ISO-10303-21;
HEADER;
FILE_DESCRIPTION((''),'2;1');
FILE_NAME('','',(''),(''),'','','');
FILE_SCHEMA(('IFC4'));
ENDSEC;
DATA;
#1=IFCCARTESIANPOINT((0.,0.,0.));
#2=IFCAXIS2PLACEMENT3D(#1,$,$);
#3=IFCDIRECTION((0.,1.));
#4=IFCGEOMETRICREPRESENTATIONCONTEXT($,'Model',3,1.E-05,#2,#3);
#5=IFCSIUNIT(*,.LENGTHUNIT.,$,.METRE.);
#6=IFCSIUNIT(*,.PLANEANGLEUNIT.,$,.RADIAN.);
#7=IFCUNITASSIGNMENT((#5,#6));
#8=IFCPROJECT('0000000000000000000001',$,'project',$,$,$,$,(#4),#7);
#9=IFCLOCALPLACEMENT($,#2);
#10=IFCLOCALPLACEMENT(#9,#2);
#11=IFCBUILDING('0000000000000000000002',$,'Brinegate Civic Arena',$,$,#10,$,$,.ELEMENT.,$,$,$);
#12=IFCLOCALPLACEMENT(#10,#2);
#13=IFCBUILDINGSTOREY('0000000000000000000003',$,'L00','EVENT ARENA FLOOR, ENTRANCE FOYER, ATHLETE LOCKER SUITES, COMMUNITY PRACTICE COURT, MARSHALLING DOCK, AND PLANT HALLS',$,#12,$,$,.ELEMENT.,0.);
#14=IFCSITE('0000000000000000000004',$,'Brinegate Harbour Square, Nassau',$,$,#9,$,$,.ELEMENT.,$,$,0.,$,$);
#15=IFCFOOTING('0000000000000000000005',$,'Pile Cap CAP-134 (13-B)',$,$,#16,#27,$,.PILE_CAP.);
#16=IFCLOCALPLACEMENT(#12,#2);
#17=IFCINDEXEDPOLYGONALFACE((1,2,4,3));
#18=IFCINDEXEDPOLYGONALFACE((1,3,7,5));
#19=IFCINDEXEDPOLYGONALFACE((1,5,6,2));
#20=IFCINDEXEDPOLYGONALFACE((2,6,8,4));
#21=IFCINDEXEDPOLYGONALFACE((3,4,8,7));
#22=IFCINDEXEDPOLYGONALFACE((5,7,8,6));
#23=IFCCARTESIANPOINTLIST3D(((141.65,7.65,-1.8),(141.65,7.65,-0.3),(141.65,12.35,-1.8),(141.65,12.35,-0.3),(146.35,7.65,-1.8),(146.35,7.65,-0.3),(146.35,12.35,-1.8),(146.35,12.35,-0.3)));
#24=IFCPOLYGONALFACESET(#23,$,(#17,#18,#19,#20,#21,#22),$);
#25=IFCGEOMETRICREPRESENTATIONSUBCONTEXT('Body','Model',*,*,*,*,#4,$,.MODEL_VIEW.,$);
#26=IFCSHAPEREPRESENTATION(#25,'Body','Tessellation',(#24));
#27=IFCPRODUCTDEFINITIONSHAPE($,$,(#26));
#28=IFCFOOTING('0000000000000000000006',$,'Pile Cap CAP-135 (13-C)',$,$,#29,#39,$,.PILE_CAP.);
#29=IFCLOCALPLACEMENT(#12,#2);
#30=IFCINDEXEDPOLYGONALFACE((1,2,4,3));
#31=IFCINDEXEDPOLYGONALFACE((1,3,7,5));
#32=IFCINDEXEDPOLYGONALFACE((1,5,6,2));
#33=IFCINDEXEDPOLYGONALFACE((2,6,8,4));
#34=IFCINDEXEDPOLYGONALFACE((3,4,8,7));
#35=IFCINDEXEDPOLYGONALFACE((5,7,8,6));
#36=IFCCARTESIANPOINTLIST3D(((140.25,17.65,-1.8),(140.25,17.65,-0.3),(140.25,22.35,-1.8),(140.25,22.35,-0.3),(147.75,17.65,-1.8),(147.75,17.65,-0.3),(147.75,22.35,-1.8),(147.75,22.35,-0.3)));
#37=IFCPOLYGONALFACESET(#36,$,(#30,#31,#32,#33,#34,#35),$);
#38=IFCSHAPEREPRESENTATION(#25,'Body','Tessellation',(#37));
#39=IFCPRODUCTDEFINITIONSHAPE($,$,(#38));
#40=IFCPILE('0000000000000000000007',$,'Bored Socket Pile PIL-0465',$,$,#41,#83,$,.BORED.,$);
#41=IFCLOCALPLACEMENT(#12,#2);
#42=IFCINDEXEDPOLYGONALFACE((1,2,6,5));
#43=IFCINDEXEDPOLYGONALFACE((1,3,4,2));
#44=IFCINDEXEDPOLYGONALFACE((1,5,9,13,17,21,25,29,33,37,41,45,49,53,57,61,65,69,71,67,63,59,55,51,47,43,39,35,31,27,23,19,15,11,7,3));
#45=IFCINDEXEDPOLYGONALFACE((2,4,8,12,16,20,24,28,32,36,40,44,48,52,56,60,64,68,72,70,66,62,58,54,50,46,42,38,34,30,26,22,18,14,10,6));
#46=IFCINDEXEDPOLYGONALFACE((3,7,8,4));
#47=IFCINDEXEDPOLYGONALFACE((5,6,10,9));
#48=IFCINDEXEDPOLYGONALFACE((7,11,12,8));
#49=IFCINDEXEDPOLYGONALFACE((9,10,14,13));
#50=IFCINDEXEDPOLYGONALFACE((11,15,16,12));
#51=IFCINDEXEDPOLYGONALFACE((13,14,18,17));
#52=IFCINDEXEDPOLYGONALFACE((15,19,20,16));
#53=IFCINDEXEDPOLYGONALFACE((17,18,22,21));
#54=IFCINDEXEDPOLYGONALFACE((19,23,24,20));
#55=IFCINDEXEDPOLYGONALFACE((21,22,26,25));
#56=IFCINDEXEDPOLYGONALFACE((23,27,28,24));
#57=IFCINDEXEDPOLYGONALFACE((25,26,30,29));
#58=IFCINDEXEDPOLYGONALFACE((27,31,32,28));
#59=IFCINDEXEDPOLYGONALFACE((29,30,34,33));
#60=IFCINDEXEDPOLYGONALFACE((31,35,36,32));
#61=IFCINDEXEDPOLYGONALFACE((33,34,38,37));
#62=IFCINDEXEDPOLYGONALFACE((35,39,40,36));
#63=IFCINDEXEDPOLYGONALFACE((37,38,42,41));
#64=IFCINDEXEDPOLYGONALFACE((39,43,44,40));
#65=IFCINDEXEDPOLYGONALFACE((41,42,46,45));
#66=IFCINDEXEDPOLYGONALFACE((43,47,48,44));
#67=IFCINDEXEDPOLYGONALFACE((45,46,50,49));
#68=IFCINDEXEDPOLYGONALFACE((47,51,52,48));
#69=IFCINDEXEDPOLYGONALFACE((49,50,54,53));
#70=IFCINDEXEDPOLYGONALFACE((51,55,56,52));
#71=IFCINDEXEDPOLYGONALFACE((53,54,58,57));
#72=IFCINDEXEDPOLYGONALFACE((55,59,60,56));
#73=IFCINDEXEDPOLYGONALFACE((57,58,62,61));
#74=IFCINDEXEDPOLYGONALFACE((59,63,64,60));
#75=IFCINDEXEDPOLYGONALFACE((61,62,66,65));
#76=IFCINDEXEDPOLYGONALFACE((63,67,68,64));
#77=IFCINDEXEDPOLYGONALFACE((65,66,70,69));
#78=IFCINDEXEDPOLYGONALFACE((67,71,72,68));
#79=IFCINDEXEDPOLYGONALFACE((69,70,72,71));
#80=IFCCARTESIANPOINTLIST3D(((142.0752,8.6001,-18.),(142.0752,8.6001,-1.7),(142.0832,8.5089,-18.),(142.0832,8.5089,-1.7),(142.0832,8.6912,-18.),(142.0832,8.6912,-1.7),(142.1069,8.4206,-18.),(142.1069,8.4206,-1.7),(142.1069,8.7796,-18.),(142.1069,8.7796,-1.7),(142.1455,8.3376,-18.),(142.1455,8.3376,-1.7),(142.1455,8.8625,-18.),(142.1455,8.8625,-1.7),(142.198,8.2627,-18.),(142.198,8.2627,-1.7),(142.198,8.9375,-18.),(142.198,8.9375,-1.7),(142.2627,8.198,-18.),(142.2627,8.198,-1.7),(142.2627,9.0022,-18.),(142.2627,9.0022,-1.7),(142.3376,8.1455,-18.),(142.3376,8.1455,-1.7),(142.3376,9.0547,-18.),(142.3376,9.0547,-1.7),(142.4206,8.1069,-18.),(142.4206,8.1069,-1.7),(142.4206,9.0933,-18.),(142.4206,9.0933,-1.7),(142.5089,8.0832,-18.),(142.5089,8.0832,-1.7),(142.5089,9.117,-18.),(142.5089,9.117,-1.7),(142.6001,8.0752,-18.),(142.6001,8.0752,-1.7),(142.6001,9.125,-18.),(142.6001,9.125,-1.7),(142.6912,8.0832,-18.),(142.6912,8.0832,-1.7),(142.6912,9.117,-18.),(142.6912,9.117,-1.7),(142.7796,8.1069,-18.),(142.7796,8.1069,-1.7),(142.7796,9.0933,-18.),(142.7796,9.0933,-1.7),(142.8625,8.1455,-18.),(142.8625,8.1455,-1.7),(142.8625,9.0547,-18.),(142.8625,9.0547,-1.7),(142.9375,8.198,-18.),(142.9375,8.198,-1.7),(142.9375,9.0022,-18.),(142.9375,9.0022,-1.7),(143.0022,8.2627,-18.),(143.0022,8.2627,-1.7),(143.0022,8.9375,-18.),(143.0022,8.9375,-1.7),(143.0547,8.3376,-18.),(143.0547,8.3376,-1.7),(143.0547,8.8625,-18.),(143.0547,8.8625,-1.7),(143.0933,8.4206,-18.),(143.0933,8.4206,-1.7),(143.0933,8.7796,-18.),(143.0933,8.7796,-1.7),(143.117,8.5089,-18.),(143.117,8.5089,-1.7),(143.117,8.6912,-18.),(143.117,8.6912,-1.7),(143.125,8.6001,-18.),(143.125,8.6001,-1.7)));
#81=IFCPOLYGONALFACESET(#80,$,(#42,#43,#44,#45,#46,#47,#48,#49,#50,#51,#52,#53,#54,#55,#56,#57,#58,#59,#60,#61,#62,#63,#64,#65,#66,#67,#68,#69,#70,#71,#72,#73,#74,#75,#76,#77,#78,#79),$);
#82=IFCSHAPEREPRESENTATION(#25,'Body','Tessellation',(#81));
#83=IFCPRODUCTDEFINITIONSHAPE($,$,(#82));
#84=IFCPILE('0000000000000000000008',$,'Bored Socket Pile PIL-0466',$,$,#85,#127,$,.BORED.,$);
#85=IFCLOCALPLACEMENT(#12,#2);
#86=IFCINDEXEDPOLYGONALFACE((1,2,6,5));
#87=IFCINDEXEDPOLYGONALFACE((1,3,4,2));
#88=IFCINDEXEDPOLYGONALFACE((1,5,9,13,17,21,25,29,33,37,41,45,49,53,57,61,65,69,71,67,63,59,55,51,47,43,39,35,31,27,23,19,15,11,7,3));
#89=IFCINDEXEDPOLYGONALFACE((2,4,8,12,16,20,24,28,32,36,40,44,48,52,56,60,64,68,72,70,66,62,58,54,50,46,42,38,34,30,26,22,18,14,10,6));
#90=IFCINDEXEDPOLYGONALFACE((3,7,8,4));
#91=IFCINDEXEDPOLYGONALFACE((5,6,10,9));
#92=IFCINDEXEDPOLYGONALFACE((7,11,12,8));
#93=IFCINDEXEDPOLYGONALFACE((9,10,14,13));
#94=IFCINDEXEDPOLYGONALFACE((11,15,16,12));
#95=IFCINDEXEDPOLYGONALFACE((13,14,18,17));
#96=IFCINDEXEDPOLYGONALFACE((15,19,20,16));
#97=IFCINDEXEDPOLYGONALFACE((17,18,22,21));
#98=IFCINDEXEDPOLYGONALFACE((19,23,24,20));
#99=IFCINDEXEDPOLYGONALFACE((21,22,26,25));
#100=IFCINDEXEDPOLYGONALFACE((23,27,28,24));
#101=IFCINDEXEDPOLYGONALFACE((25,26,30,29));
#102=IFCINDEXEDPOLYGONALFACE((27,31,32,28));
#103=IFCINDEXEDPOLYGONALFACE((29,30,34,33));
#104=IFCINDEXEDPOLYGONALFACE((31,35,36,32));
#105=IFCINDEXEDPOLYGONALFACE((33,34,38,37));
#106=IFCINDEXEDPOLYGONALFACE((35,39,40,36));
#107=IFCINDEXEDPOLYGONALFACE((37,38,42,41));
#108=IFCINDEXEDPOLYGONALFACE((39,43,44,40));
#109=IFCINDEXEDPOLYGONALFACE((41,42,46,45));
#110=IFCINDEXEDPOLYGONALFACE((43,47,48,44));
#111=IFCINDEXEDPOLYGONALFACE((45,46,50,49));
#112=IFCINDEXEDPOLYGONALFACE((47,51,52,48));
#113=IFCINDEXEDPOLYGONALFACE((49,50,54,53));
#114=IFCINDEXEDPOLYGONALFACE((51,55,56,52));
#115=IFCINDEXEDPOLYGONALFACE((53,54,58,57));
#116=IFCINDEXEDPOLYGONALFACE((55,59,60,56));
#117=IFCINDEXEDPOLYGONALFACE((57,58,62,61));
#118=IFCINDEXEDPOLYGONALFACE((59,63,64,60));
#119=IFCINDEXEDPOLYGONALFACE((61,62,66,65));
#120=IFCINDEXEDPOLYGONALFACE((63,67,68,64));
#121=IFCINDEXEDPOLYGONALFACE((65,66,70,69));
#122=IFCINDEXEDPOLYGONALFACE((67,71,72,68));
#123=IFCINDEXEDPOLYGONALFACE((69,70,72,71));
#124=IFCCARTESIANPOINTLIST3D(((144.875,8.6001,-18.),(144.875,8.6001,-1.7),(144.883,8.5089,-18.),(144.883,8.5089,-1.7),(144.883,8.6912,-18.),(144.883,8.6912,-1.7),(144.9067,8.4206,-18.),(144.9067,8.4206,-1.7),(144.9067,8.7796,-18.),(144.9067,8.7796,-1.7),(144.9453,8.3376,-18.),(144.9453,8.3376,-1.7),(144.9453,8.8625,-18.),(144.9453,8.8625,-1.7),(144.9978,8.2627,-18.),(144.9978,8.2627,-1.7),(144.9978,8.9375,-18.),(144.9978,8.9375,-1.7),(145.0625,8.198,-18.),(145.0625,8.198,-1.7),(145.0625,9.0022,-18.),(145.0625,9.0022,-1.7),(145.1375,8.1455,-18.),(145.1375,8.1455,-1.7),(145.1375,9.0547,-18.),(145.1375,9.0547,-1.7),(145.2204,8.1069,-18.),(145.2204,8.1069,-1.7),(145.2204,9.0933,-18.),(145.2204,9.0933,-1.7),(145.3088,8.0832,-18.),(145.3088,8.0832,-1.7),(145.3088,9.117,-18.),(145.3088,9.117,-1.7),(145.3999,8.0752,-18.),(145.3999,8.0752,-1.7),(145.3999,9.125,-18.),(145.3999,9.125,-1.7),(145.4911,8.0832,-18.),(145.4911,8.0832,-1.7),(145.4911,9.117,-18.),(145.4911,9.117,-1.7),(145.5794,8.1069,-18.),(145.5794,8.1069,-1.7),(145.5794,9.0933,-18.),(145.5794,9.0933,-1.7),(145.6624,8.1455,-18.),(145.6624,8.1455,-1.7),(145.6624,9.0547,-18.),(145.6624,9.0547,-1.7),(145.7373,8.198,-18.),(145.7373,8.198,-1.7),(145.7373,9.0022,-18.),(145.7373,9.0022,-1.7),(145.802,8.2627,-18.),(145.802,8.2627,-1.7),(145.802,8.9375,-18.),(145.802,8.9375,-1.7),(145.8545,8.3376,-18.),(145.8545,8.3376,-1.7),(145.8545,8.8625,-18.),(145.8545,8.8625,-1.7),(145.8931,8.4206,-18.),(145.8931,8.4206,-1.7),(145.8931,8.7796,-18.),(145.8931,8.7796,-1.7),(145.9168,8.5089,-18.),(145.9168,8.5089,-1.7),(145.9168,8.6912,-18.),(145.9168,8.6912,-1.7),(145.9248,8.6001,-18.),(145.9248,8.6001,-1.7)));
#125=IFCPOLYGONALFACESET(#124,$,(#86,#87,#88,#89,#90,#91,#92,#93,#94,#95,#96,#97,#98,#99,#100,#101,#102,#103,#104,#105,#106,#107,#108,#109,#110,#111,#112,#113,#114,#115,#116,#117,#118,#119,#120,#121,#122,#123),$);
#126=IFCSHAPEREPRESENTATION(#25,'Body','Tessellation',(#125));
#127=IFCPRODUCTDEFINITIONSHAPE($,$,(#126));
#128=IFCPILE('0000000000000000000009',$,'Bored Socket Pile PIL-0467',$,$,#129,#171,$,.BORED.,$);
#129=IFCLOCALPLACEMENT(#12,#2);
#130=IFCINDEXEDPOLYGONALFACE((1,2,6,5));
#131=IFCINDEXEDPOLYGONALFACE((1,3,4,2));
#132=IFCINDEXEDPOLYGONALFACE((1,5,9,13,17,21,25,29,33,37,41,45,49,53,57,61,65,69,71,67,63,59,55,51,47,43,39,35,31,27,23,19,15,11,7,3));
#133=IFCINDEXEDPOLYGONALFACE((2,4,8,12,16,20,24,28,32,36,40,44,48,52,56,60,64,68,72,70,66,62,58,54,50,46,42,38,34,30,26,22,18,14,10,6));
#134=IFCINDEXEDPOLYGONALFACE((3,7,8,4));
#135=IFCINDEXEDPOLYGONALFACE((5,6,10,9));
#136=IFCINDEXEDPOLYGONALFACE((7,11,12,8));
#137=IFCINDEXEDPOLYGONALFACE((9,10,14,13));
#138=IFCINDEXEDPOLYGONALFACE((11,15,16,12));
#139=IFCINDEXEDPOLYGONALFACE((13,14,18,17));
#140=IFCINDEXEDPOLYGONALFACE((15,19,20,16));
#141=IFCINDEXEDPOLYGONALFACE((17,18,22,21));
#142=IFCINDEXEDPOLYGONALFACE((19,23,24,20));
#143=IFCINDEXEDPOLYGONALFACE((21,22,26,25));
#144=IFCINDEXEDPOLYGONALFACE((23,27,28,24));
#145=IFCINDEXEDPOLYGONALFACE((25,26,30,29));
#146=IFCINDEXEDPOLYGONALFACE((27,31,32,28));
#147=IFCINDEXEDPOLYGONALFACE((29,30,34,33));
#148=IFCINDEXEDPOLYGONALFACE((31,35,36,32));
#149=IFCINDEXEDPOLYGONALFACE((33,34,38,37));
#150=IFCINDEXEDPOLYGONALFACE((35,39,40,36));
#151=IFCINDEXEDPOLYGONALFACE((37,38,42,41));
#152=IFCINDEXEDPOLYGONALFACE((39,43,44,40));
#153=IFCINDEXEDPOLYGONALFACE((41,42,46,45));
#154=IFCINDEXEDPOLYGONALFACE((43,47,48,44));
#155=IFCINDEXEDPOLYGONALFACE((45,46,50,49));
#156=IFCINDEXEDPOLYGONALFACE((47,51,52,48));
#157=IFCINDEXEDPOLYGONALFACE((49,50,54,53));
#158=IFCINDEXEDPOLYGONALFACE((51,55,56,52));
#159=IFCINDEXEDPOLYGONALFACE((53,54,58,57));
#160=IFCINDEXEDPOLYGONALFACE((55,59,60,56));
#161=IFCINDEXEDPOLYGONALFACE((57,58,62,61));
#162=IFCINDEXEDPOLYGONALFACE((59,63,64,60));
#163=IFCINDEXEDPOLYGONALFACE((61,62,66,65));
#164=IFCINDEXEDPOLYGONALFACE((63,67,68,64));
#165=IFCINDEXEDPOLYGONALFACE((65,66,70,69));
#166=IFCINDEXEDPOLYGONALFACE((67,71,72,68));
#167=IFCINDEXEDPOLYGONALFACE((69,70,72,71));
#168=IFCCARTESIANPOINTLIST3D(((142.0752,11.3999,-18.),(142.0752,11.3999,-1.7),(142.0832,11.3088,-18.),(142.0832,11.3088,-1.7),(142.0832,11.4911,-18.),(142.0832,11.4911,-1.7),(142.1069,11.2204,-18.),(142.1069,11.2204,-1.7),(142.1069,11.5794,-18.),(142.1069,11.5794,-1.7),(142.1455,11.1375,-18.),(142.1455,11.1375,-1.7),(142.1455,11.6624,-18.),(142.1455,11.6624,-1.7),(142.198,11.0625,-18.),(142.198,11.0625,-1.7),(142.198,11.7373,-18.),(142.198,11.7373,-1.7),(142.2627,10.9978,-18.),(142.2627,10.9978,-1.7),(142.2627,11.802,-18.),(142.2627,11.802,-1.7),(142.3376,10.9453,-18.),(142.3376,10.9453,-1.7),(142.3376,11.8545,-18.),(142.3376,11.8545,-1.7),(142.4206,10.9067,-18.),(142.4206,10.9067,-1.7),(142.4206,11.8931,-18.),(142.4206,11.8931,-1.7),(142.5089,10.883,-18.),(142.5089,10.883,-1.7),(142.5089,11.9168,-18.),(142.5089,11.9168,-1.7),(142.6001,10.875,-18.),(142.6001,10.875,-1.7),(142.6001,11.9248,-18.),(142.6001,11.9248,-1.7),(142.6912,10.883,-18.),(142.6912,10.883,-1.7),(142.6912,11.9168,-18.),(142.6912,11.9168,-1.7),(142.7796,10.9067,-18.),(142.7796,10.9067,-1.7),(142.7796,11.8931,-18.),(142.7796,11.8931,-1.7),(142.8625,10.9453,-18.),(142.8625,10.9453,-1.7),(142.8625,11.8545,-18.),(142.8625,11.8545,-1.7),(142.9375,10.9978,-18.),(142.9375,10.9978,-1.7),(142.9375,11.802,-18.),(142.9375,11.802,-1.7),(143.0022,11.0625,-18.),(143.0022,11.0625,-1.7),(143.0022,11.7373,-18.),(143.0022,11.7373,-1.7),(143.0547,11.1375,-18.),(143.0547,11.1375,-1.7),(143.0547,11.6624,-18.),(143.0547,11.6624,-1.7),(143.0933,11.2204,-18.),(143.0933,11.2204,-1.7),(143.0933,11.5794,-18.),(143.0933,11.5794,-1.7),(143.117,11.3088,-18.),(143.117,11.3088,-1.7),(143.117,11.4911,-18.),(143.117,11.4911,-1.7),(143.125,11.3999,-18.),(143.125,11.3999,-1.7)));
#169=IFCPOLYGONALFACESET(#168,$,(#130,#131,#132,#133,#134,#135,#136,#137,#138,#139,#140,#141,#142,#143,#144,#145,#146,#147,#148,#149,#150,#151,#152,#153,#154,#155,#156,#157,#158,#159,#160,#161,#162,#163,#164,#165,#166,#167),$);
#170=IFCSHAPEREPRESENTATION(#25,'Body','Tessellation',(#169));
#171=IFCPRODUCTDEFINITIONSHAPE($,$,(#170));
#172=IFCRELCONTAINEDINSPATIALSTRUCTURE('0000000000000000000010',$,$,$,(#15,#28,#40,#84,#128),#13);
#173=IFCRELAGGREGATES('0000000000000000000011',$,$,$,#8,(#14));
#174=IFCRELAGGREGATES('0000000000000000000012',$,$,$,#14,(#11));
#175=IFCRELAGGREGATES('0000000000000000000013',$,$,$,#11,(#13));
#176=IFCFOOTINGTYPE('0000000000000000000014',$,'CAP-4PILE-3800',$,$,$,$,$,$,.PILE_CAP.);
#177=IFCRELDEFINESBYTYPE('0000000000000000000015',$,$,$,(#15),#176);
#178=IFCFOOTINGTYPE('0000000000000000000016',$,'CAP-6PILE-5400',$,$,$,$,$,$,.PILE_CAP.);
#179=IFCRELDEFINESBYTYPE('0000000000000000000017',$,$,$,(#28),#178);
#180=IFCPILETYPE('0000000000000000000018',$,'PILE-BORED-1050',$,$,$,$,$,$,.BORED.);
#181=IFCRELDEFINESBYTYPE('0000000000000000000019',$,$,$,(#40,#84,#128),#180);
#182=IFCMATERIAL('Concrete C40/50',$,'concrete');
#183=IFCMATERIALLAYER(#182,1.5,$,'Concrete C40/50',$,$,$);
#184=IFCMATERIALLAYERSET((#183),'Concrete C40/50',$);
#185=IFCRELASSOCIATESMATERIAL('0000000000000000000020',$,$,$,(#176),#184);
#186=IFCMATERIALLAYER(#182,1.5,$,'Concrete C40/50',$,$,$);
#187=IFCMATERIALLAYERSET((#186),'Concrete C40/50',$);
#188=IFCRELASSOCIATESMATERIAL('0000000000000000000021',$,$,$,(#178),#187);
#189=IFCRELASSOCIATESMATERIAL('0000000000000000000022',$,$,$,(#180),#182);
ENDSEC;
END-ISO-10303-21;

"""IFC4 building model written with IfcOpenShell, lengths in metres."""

from ifc_helpers import new_model, si_unit, direction, frame, origin, origin_2d, place, context, subcontext, project, spatial, rectangle, circle, extrude, material, layer, layer_set, material_profile, profile_set, type_object, element, save


model = new_model("IFC4")

# Units and contexts
model_context = context("Model", 3, precision=1e-05, world=origin(), true_north=direction((0.0, 1.0)))
body_context = subcontext(model_context, "Body", "Model", "MODEL_VIEW")
ifc_project = project(units=[si_unit("LENGTHUNIT", "METRE"), si_unit("PLANEANGLEUNIT", "RADIAN")], contexts=[model_context])

# Site, building, storey
site_placement = place(None, origin())
site = spatial("IfcSite", under=ifc_project, at=site_placement, Name="Brinegate Harbour Square, Nassau", CompositionType="ELEMENT", RefElevation=0.0)
building_placement = place(site_placement, origin())
building = spatial("IfcBuilding", under=site, at=building_placement, Name="Brinegate Civic Arena", CompositionType="ELEMENT")
storey_placement = place(building_placement, origin())
storey = spatial("IfcBuildingStorey", under=building, at=storey_placement, Name="L00", Description="EVENT ARENA FLOOR, ENTRANCE FOYER, ATHLETE LOCKER SUITES, COMMUNITY PRACTICE COURT, MARSHALLING DOCK, AND PLANT HALLS", CompositionType="ELEMENT", Elevation=0.0)

# Footings
ifc_material_1 = material(Name="Concrete C40/50", Category="concrete")
ifc_layer_1 = layer(ifc_material_1, 1.5, Name="Concrete C40/50")
ifc_layer_set_1 = layer_set([ifc_layer_1], Name="Concrete C40/50")
footing_type_1 = type_object("IfcFootingType", Name="CAP-4PILE-3800", PredefinedType="PILE_CAP", material=ifc_layer_set_1)
footing_1_placement = place(storey_placement, frame((144.0, 10.0, -1.8), z_axis=(0.0, 0.0, 1.0), x_axis=(1.0, 0.0, 0.0)))
element("IfcFooting", 1, at=footing_1_placement, inside=storey, type_object=footing_type_1, Name="Pile Cap CAP-134 (13-B)", PredefinedType="PILE_CAP", context=body_context, shape_type="SweptSolid", body=[
    extrude(rectangle(XDim=4.7, YDim=4.7, at=origin_2d()), origin(), (0.0, 0.0, 1.0), 1.5),
])
ifc_layer_2 = layer(ifc_material_1, 1.5, Name="Concrete C40/50")
ifc_layer_set_2 = layer_set([ifc_layer_2], Name="Concrete C40/50")
footing_type_2 = type_object("IfcFootingType", Name="CAP-6PILE-5400", PredefinedType="PILE_CAP", material=ifc_layer_set_2)
footing_2_placement = place(storey_placement, frame((144.0, 20.0, -1.8), z_axis=(0.0, 0.0, 1.0), x_axis=(1.0, 0.0, 0.0)))
element("IfcFooting", 2, at=footing_2_placement, inside=storey, type_object=footing_type_2, Name="Pile Cap CAP-135 (13-C)", PredefinedType="PILE_CAP", context=body_context, shape_type="SweptSolid", body=[
    extrude(rectangle(XDim=7.5, YDim=4.7, at=origin_2d()), origin(), (0.0, 0.0, 1.0), 1.5),
])

# Piles
ifc_material_profile_1 = material_profile(ifc_material_1, circle(Radius=0.5249, at=origin_2d()), Name="PILED1050")
ifc_profile_set_1 = profile_set([ifc_material_profile_1], Name="Concrete C40/50")
pile_type = type_object("IfcPileType", Name="PILE-BORED-1050", PredefinedType="BORED", material=ifc_profile_set_1)
for number, where, z_axis, x_axis, name in (
    (3, (142.6001, 8.6001, -1.7), (0.0, 0.0, -1.0), (1.0, 0.0, 0.0), "Bored Socket Pile PIL-0465"),
    (4, (145.3999, 8.6001, -1.7), (0.0, 0.0, -1.0), (1.0, 0.0, 0.0), "Bored Socket Pile PIL-0466"),
    (5, (142.6001, 11.3999, -1.7), (0.0, 0.0, -1.0), (1.0, 0.0, 0.0), "Bored Socket Pile PIL-0467"),
):
    element("IfcPile", number, at=place(storey_placement, frame(where, z_axis=z_axis, x_axis=x_axis)), inside=storey, type_object=pile_type, Name=name, PredefinedType="BORED", context=body_context, shape_type="SweptSolid", body=[
        extrude(circle(Radius=0.5249, at=origin_2d()), origin(), (0.0, 0.0, 1.0), 16.3),
    ])

save(model, "model.ifc")
